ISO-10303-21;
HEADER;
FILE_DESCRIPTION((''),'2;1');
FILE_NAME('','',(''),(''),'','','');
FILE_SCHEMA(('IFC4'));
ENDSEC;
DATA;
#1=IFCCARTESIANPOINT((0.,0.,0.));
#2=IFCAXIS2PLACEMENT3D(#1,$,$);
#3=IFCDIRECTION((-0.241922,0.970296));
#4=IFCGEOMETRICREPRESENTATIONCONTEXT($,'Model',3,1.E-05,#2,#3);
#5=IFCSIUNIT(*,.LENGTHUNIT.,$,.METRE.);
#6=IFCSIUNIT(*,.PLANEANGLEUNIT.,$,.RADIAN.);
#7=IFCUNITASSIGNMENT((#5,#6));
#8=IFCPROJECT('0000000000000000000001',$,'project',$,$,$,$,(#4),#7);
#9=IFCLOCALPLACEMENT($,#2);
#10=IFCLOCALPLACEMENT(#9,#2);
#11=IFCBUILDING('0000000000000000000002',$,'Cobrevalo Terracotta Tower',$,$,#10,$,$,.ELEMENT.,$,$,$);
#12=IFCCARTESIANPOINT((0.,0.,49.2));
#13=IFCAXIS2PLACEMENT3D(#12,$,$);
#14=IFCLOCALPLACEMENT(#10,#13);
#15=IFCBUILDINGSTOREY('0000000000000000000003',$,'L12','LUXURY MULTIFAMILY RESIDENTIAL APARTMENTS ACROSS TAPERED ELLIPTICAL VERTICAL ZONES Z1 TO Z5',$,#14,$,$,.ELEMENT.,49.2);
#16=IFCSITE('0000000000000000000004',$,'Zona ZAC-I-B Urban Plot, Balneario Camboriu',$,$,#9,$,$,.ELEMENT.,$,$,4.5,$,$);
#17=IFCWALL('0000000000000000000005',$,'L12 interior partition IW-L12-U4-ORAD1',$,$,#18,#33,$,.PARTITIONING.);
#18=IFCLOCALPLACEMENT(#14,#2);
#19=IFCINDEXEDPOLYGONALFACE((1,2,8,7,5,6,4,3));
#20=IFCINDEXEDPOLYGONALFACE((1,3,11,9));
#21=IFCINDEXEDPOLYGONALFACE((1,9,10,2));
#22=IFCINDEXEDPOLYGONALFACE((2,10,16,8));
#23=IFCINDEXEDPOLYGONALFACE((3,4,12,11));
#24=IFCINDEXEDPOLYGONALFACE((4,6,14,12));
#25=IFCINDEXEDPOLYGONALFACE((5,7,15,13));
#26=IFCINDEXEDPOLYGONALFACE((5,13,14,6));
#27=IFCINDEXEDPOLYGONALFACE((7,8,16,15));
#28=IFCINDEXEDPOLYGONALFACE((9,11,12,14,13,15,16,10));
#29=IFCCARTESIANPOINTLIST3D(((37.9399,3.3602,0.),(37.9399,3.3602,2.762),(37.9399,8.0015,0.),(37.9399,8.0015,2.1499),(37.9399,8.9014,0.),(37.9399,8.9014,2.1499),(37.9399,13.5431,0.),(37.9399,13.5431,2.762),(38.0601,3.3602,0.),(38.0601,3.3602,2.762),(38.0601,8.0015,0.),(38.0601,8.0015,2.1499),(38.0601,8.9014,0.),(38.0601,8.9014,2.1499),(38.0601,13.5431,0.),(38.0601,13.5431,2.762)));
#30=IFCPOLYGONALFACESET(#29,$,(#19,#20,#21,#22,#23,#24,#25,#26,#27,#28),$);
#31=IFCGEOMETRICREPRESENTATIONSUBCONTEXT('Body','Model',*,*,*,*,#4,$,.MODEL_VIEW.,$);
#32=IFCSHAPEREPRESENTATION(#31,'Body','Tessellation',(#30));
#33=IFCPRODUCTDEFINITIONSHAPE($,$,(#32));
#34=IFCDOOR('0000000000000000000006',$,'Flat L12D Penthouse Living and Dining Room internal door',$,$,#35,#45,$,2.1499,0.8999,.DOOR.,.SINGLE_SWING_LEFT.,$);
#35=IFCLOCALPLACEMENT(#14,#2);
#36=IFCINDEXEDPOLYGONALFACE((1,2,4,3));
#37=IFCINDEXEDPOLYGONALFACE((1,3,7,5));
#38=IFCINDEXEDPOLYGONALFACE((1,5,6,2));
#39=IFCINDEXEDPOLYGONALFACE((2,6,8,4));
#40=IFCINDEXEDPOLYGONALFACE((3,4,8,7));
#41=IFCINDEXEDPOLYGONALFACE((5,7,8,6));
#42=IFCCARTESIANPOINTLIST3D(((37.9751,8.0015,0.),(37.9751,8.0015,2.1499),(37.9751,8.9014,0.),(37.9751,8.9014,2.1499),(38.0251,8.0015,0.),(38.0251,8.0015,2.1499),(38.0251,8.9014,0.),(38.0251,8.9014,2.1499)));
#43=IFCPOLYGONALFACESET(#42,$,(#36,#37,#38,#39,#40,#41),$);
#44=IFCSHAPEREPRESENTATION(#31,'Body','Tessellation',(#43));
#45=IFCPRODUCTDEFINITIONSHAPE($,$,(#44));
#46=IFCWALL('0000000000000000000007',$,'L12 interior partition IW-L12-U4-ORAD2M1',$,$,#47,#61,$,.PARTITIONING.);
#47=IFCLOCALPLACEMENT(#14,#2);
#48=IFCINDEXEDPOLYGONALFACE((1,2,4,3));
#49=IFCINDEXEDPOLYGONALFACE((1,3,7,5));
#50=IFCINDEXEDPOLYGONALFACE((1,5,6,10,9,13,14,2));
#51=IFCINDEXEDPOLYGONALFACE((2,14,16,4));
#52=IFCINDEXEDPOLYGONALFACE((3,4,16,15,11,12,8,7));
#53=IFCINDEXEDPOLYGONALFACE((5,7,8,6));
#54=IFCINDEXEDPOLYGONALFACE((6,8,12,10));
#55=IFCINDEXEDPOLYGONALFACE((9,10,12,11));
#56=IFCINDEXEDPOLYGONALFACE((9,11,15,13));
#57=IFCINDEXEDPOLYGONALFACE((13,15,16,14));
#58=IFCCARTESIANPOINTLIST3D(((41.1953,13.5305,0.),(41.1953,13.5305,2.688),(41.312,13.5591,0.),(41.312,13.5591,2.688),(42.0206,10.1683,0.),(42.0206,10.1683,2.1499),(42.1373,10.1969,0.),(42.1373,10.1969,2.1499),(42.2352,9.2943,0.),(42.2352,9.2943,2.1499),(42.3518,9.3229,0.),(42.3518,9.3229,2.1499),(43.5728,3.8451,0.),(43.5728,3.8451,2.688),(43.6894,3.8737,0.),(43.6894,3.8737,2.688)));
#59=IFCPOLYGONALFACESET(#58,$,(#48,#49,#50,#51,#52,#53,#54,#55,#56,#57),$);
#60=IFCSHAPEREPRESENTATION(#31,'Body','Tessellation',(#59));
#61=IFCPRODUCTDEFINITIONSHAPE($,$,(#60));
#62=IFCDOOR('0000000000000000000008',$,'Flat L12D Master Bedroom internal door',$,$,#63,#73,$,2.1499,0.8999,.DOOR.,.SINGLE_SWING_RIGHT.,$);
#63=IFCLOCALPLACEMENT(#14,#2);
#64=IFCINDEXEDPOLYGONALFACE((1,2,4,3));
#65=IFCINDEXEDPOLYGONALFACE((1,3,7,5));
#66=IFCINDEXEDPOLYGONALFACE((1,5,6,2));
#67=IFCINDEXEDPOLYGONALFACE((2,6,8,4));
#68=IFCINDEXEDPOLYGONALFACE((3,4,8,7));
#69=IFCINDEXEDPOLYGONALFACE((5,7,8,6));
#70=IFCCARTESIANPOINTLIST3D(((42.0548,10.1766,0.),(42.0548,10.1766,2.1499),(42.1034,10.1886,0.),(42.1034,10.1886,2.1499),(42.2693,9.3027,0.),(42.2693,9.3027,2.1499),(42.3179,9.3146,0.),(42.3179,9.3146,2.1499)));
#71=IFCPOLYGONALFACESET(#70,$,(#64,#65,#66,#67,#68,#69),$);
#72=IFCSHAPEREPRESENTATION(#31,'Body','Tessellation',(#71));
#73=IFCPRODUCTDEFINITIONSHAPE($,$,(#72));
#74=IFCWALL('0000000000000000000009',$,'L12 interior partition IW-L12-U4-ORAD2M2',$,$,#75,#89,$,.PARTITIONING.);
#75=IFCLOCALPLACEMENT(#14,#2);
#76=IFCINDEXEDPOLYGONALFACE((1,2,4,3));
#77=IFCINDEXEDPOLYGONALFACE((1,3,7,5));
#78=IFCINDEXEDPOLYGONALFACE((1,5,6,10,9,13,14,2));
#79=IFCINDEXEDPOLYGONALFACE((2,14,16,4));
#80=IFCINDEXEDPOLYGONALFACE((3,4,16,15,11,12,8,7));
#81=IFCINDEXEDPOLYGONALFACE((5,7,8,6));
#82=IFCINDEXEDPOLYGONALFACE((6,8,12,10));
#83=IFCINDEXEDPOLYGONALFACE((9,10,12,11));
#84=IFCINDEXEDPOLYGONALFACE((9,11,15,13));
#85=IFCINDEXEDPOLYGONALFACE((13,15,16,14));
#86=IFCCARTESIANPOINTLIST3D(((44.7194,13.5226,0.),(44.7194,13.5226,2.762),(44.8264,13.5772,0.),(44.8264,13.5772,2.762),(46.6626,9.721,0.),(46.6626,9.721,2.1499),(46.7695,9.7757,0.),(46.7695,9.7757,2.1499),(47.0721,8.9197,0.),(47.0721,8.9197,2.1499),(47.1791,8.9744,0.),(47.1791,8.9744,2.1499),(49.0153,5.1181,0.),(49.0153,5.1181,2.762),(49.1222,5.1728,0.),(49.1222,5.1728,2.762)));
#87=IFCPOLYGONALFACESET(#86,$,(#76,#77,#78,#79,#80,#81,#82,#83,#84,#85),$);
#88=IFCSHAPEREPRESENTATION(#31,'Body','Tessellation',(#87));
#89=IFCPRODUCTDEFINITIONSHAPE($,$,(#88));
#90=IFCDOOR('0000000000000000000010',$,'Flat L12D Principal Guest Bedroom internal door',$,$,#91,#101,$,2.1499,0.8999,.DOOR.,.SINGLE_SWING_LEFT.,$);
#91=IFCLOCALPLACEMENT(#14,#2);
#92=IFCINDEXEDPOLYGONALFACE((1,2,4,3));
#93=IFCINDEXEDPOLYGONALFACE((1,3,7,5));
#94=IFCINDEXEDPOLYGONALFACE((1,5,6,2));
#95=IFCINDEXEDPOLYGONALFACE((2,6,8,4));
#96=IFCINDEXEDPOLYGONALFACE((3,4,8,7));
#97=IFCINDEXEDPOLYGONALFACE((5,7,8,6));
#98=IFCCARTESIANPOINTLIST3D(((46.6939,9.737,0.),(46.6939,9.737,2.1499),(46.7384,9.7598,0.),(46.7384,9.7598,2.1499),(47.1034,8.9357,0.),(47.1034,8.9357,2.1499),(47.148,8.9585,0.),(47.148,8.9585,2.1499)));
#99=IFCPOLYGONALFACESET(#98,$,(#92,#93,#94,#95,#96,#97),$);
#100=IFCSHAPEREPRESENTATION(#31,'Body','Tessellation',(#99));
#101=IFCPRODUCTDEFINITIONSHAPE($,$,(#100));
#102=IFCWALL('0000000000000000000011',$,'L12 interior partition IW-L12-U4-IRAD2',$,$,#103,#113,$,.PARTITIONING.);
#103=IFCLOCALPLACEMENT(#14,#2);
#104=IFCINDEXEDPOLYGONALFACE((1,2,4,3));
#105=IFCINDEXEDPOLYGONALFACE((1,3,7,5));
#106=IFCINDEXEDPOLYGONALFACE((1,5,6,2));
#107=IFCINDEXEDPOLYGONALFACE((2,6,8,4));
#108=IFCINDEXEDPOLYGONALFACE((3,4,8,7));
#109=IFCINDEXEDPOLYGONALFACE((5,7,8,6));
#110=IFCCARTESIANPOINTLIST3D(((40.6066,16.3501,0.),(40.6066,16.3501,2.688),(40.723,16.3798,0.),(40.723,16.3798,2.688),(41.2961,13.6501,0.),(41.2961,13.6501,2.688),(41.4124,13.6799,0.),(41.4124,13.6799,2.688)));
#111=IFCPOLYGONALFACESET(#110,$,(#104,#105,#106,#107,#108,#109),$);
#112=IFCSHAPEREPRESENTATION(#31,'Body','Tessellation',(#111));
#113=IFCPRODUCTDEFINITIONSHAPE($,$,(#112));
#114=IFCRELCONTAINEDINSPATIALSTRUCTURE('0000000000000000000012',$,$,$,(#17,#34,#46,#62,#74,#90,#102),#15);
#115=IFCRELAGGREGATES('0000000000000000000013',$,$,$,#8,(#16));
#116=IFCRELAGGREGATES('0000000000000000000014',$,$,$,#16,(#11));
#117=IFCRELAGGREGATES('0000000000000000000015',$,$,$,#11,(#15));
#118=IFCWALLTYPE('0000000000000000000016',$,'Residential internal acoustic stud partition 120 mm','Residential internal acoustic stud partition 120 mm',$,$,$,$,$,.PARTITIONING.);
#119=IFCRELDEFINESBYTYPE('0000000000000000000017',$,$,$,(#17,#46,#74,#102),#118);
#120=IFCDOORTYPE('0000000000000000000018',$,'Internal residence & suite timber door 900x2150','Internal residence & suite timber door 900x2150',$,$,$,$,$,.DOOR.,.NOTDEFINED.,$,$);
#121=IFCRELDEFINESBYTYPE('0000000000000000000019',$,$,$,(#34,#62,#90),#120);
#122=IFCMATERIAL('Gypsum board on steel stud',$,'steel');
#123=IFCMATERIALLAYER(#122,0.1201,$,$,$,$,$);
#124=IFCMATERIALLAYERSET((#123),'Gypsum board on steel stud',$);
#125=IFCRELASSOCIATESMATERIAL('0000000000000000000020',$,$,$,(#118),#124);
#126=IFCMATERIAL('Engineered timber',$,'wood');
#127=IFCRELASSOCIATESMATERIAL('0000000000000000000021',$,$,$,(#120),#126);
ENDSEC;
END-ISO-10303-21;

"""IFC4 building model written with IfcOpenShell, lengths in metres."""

from ifc_helpers import new_model, si_unit, direction, frame, frame_2d, origin, place, context, subcontext, project, spatial, rectangle, extrude, source, transform, mapped, material, layer, layer_set, type_object, element, fill, save


model = new_model("IFC4")

# Units and contexts
model_context = context("Model", 3, precision=1e-05, world=origin(), true_north=direction((-0.241922, 0.970296)))
body_context = subcontext(model_context, "Body", "Model", "MODEL_VIEW")
ifc_project = project(units=[si_unit("LENGTHUNIT", "METRE"), si_unit("PLANEANGLEUNIT", "RADIAN")], contexts=[model_context])

# Site, building, storey
site_placement = place(None, origin())
site = spatial("IfcSite", under=ifc_project, at=site_placement, Name="Zona ZAC-I-B Urban Plot, Balneario Camboriu", CompositionType="ELEMENT", RefElevation=4.5)
building_placement = place(site_placement, origin())
building = spatial("IfcBuilding", under=site, at=building_placement, Name="Cobrevalo Terracotta Tower", CompositionType="ELEMENT")
storey_placement = place(building_placement, frame((0.0, 0.0, 49.2)))
storey = spatial("IfcBuildingStorey", under=building, at=storey_placement, Name="L12", Description="LUXURY MULTIFAMILY RESIDENTIAL APARTMENTS ACROSS TAPERED ELLIPTICAL VERTICAL ZONES Z1 TO Z5", CompositionType="ELEMENT", Elevation=49.2)

# Walls, openings, doors
ifc_material_1 = material(Name="Gypsum board on steel stud", Category="steel")
ifc_layer_1 = layer(ifc_material_1, 0.1201)
ifc_layer_set_1 = layer_set([ifc_layer_1], Name="Gypsum board on steel stud")
wall_type = type_object("IfcWallType", Name="Residential internal acoustic stud partition 120 mm", Description="Residential internal acoustic stud partition 120 mm", PredefinedType="PARTITIONING", material=ifc_layer_set_1)
wall_1_placement = place(storey_placement, frame((38.0, 13.543, 0.0), z_axis=(0.0, 0.0, 1.0), x_axis=(0.0, -1.0, 0.0)))
wall_1 = element("IfcWall", 1, at=wall_1_placement, inside=storey, type_object=wall_type, Name="L12 interior partition IW-L12-U4-ORAD1", PredefinedType="PARTITIONING", context=body_context, shape_type="SweptSolid", body=[
    extrude(rectangle(XDim=10.1829, YDim=0.1201, at=frame_2d((5.0913, 0.0))), origin(), (0.0, 0.0, 1.0), 2.762),
])
opening_1_placement = place(wall_1_placement, frame((4.6416, 0.0, 0.0)))
opening_1 = element("IfcOpeningElement", 2, at=opening_1_placement, cuts=wall_1, PredefinedType="OPENING", context=body_context, shape_type="SweptSolid", body=[
    extrude(rectangle(XDim=0.8999, YDim=2.1499, at=frame_2d((0.45, 1.075))), frame((0.0, 0.0701, 0.0), z_axis=(0.0, -1.0, 0.0), x_axis=(1.0, 0.0, 0.0)), (0.0, 0.0, 1.0), 0.1401),
])
ifc_material_2 = material(Name="Engineered timber", Category="wood")
door_type_1 = type_object("IfcDoorType", Name="Internal residence & suite timber door 900x2150", Description="Internal residence & suite timber door 900x2150", OperationType="NOTDEFINED", PredefinedType="DOOR", material=ifc_material_2)
shared_shape_1 = source(origin(), body_context, "Body", "SweptSolid", [
    extrude(rectangle(XDim=0.8999, YDim=2.1499, at=frame_2d((0.45, 1.075))), frame((0.0, 0.0249, 0.0), z_axis=(0.0, -1.0, 0.0), x_axis=(1.0, 0.0, 0.0)), (0.0, 0.0, 1.0), 0.05),
])
door_1_placement = place(opening_1_placement, frame((0.8999, 0.0, 0.0), z_axis=(0.0, 0.0, 1.0), x_axis=(-1.0, 0.0, 0.0)))
door_1 = element("IfcDoor", 3, at=door_1_placement, inside=storey, type_object=door_type_1, Name="Flat L12D Penthouse Living and Dining Room internal door", OperationType="SINGLE_SWING_LEFT", OverallHeight=2.1499, OverallWidth=0.8999, PredefinedType="DOOR", context=body_context, shape_type="MappedRepresentation", body=[
    mapped(shared_shape_1, transform((0.0, 0.0, 0.0), scale=1.0)),
])
fill(opening_1, door_1)
wall_2_placement = place(storey_placement, frame((41.2537, 13.5447, 0.0), z_axis=(0.0, 0.0, 1.0), x_axis=(0.238392, -0.971169, 0.0)))
wall_2 = element("IfcWall", 4, at=wall_2_placement, inside=storey, type_object=wall_type, Name="L12 interior partition IW-L12-U4-ORAD2M1", PredefinedType="PARTITIONING", context=body_context, shape_type="SweptSolid", body=[
    extrude(rectangle(XDim=9.9729, YDim=0.1201, at=frame_2d((4.9863, 0.0))), origin(), (0.0, 0.0, 1.0), 2.688),
])
opening_2_placement = place(wall_2_placement, frame((3.4619, 0.0, 0.0)))
opening_2 = element("IfcOpeningElement", 5, at=opening_2_placement, cuts=wall_2, PredefinedType="OPENING", context=body_context, shape_type="SweptSolid", body=[
    extrude(rectangle(XDim=0.8999, YDim=2.1499, at=frame_2d((0.45, 1.075))), frame((0.0, 0.0701, 0.0), z_axis=(0.0, -1.0, 0.0), x_axis=(1.0, 0.0, 0.0)), (0.0, 0.0, 1.0), 0.1401),
])
door_2_placement = place(opening_2_placement, frame((0.8999, 0.0, 0.0), z_axis=(0.0, 0.0, 1.0), x_axis=(-1.0, 0.0, 0.0)))
door_2 = element("IfcDoor", 6, at=door_2_placement, inside=storey, type_object=door_type_1, Name="Flat L12D Master Bedroom internal door", OperationType="SINGLE_SWING_RIGHT", OverallHeight=2.1499, OverallWidth=0.8999, PredefinedType="DOOR", context=body_context, shape_type="MappedRepresentation", body=[
    mapped(shared_shape_1, transform((0.0, 0.0, 0.0), scale=1.0)),
])
fill(opening_2, door_2)
wall_3_placement = place(storey_placement, frame((44.7729, 13.5498, 0.0), z_axis=(0.0, 0.0, 1.0), x_axis=(0.455132, -0.890424, 0.0)))
wall_3 = element("IfcWall", 7, at=wall_3_placement, inside=storey, type_object=wall_type, Name="L12 interior partition IW-L12-U4-ORAD2M2", PredefinedType="PARTITIONING", context=body_context, shape_type="SweptSolid", body=[
    extrude(rectangle(XDim=9.4387, YDim=0.1201, at=frame_2d((4.7192, 0.0))), origin(), (0.0, 0.0, 1.0), 2.762),
])
opening_3_placement = place(wall_3_placement, frame((4.2693, 0.0, 0.0)))
opening_3 = element("IfcOpeningElement", 8, at=opening_3_placement, cuts=wall_3, PredefinedType="OPENING", context=body_context, shape_type="SweptSolid", body=[
    extrude(rectangle(XDim=0.8999, YDim=2.1499, at=frame_2d((0.45, 1.075))), frame((0.0, 0.0701, 0.0), z_axis=(0.0, -1.0, 0.0), x_axis=(1.0, 0.0, 0.0)), (0.0, 0.0, 1.0), 0.1401),
])
door_3_placement = place(opening_3_placement, frame((0.8999, 0.0, 0.0), z_axis=(0.0, 0.0, 1.0), x_axis=(-1.0, 0.0, 0.0)))
door_3 = element("IfcDoor", 9, at=door_3_placement, inside=storey, type_object=door_type_1, Name="Flat L12D Principal Guest Bedroom internal door", OperationType="SINGLE_SWING_LEFT", OverallHeight=2.1499, OverallWidth=0.8999, PredefinedType="DOOR", context=body_context, shape_type="MappedRepresentation", body=[
    mapped(shared_shape_1, transform((0.0, 0.0, 0.0), scale=1.0)),
])
fill(opening_3, door_3)

# Wall
wall_4_placement = place(storey_placement, frame((40.6648, 16.365, 0.0), z_axis=(0.0, 0.0, 1.0), x_axis=(0.247418, -0.968909, 0.0)))
element("IfcWall", 10, at=wall_4_placement, inside=storey, type_object=wall_type, Name="L12 interior partition IW-L12-U4-IRAD2", PredefinedType="PARTITIONING", context=body_context, shape_type="SweptSolid", body=[
    extrude(rectangle(XDim=2.7866, YDim=0.1201, at=frame_2d((1.3933, 0.0))), origin(), (0.0, 0.0, 1.0), 2.688),
])

save(model, "model.ifc")
